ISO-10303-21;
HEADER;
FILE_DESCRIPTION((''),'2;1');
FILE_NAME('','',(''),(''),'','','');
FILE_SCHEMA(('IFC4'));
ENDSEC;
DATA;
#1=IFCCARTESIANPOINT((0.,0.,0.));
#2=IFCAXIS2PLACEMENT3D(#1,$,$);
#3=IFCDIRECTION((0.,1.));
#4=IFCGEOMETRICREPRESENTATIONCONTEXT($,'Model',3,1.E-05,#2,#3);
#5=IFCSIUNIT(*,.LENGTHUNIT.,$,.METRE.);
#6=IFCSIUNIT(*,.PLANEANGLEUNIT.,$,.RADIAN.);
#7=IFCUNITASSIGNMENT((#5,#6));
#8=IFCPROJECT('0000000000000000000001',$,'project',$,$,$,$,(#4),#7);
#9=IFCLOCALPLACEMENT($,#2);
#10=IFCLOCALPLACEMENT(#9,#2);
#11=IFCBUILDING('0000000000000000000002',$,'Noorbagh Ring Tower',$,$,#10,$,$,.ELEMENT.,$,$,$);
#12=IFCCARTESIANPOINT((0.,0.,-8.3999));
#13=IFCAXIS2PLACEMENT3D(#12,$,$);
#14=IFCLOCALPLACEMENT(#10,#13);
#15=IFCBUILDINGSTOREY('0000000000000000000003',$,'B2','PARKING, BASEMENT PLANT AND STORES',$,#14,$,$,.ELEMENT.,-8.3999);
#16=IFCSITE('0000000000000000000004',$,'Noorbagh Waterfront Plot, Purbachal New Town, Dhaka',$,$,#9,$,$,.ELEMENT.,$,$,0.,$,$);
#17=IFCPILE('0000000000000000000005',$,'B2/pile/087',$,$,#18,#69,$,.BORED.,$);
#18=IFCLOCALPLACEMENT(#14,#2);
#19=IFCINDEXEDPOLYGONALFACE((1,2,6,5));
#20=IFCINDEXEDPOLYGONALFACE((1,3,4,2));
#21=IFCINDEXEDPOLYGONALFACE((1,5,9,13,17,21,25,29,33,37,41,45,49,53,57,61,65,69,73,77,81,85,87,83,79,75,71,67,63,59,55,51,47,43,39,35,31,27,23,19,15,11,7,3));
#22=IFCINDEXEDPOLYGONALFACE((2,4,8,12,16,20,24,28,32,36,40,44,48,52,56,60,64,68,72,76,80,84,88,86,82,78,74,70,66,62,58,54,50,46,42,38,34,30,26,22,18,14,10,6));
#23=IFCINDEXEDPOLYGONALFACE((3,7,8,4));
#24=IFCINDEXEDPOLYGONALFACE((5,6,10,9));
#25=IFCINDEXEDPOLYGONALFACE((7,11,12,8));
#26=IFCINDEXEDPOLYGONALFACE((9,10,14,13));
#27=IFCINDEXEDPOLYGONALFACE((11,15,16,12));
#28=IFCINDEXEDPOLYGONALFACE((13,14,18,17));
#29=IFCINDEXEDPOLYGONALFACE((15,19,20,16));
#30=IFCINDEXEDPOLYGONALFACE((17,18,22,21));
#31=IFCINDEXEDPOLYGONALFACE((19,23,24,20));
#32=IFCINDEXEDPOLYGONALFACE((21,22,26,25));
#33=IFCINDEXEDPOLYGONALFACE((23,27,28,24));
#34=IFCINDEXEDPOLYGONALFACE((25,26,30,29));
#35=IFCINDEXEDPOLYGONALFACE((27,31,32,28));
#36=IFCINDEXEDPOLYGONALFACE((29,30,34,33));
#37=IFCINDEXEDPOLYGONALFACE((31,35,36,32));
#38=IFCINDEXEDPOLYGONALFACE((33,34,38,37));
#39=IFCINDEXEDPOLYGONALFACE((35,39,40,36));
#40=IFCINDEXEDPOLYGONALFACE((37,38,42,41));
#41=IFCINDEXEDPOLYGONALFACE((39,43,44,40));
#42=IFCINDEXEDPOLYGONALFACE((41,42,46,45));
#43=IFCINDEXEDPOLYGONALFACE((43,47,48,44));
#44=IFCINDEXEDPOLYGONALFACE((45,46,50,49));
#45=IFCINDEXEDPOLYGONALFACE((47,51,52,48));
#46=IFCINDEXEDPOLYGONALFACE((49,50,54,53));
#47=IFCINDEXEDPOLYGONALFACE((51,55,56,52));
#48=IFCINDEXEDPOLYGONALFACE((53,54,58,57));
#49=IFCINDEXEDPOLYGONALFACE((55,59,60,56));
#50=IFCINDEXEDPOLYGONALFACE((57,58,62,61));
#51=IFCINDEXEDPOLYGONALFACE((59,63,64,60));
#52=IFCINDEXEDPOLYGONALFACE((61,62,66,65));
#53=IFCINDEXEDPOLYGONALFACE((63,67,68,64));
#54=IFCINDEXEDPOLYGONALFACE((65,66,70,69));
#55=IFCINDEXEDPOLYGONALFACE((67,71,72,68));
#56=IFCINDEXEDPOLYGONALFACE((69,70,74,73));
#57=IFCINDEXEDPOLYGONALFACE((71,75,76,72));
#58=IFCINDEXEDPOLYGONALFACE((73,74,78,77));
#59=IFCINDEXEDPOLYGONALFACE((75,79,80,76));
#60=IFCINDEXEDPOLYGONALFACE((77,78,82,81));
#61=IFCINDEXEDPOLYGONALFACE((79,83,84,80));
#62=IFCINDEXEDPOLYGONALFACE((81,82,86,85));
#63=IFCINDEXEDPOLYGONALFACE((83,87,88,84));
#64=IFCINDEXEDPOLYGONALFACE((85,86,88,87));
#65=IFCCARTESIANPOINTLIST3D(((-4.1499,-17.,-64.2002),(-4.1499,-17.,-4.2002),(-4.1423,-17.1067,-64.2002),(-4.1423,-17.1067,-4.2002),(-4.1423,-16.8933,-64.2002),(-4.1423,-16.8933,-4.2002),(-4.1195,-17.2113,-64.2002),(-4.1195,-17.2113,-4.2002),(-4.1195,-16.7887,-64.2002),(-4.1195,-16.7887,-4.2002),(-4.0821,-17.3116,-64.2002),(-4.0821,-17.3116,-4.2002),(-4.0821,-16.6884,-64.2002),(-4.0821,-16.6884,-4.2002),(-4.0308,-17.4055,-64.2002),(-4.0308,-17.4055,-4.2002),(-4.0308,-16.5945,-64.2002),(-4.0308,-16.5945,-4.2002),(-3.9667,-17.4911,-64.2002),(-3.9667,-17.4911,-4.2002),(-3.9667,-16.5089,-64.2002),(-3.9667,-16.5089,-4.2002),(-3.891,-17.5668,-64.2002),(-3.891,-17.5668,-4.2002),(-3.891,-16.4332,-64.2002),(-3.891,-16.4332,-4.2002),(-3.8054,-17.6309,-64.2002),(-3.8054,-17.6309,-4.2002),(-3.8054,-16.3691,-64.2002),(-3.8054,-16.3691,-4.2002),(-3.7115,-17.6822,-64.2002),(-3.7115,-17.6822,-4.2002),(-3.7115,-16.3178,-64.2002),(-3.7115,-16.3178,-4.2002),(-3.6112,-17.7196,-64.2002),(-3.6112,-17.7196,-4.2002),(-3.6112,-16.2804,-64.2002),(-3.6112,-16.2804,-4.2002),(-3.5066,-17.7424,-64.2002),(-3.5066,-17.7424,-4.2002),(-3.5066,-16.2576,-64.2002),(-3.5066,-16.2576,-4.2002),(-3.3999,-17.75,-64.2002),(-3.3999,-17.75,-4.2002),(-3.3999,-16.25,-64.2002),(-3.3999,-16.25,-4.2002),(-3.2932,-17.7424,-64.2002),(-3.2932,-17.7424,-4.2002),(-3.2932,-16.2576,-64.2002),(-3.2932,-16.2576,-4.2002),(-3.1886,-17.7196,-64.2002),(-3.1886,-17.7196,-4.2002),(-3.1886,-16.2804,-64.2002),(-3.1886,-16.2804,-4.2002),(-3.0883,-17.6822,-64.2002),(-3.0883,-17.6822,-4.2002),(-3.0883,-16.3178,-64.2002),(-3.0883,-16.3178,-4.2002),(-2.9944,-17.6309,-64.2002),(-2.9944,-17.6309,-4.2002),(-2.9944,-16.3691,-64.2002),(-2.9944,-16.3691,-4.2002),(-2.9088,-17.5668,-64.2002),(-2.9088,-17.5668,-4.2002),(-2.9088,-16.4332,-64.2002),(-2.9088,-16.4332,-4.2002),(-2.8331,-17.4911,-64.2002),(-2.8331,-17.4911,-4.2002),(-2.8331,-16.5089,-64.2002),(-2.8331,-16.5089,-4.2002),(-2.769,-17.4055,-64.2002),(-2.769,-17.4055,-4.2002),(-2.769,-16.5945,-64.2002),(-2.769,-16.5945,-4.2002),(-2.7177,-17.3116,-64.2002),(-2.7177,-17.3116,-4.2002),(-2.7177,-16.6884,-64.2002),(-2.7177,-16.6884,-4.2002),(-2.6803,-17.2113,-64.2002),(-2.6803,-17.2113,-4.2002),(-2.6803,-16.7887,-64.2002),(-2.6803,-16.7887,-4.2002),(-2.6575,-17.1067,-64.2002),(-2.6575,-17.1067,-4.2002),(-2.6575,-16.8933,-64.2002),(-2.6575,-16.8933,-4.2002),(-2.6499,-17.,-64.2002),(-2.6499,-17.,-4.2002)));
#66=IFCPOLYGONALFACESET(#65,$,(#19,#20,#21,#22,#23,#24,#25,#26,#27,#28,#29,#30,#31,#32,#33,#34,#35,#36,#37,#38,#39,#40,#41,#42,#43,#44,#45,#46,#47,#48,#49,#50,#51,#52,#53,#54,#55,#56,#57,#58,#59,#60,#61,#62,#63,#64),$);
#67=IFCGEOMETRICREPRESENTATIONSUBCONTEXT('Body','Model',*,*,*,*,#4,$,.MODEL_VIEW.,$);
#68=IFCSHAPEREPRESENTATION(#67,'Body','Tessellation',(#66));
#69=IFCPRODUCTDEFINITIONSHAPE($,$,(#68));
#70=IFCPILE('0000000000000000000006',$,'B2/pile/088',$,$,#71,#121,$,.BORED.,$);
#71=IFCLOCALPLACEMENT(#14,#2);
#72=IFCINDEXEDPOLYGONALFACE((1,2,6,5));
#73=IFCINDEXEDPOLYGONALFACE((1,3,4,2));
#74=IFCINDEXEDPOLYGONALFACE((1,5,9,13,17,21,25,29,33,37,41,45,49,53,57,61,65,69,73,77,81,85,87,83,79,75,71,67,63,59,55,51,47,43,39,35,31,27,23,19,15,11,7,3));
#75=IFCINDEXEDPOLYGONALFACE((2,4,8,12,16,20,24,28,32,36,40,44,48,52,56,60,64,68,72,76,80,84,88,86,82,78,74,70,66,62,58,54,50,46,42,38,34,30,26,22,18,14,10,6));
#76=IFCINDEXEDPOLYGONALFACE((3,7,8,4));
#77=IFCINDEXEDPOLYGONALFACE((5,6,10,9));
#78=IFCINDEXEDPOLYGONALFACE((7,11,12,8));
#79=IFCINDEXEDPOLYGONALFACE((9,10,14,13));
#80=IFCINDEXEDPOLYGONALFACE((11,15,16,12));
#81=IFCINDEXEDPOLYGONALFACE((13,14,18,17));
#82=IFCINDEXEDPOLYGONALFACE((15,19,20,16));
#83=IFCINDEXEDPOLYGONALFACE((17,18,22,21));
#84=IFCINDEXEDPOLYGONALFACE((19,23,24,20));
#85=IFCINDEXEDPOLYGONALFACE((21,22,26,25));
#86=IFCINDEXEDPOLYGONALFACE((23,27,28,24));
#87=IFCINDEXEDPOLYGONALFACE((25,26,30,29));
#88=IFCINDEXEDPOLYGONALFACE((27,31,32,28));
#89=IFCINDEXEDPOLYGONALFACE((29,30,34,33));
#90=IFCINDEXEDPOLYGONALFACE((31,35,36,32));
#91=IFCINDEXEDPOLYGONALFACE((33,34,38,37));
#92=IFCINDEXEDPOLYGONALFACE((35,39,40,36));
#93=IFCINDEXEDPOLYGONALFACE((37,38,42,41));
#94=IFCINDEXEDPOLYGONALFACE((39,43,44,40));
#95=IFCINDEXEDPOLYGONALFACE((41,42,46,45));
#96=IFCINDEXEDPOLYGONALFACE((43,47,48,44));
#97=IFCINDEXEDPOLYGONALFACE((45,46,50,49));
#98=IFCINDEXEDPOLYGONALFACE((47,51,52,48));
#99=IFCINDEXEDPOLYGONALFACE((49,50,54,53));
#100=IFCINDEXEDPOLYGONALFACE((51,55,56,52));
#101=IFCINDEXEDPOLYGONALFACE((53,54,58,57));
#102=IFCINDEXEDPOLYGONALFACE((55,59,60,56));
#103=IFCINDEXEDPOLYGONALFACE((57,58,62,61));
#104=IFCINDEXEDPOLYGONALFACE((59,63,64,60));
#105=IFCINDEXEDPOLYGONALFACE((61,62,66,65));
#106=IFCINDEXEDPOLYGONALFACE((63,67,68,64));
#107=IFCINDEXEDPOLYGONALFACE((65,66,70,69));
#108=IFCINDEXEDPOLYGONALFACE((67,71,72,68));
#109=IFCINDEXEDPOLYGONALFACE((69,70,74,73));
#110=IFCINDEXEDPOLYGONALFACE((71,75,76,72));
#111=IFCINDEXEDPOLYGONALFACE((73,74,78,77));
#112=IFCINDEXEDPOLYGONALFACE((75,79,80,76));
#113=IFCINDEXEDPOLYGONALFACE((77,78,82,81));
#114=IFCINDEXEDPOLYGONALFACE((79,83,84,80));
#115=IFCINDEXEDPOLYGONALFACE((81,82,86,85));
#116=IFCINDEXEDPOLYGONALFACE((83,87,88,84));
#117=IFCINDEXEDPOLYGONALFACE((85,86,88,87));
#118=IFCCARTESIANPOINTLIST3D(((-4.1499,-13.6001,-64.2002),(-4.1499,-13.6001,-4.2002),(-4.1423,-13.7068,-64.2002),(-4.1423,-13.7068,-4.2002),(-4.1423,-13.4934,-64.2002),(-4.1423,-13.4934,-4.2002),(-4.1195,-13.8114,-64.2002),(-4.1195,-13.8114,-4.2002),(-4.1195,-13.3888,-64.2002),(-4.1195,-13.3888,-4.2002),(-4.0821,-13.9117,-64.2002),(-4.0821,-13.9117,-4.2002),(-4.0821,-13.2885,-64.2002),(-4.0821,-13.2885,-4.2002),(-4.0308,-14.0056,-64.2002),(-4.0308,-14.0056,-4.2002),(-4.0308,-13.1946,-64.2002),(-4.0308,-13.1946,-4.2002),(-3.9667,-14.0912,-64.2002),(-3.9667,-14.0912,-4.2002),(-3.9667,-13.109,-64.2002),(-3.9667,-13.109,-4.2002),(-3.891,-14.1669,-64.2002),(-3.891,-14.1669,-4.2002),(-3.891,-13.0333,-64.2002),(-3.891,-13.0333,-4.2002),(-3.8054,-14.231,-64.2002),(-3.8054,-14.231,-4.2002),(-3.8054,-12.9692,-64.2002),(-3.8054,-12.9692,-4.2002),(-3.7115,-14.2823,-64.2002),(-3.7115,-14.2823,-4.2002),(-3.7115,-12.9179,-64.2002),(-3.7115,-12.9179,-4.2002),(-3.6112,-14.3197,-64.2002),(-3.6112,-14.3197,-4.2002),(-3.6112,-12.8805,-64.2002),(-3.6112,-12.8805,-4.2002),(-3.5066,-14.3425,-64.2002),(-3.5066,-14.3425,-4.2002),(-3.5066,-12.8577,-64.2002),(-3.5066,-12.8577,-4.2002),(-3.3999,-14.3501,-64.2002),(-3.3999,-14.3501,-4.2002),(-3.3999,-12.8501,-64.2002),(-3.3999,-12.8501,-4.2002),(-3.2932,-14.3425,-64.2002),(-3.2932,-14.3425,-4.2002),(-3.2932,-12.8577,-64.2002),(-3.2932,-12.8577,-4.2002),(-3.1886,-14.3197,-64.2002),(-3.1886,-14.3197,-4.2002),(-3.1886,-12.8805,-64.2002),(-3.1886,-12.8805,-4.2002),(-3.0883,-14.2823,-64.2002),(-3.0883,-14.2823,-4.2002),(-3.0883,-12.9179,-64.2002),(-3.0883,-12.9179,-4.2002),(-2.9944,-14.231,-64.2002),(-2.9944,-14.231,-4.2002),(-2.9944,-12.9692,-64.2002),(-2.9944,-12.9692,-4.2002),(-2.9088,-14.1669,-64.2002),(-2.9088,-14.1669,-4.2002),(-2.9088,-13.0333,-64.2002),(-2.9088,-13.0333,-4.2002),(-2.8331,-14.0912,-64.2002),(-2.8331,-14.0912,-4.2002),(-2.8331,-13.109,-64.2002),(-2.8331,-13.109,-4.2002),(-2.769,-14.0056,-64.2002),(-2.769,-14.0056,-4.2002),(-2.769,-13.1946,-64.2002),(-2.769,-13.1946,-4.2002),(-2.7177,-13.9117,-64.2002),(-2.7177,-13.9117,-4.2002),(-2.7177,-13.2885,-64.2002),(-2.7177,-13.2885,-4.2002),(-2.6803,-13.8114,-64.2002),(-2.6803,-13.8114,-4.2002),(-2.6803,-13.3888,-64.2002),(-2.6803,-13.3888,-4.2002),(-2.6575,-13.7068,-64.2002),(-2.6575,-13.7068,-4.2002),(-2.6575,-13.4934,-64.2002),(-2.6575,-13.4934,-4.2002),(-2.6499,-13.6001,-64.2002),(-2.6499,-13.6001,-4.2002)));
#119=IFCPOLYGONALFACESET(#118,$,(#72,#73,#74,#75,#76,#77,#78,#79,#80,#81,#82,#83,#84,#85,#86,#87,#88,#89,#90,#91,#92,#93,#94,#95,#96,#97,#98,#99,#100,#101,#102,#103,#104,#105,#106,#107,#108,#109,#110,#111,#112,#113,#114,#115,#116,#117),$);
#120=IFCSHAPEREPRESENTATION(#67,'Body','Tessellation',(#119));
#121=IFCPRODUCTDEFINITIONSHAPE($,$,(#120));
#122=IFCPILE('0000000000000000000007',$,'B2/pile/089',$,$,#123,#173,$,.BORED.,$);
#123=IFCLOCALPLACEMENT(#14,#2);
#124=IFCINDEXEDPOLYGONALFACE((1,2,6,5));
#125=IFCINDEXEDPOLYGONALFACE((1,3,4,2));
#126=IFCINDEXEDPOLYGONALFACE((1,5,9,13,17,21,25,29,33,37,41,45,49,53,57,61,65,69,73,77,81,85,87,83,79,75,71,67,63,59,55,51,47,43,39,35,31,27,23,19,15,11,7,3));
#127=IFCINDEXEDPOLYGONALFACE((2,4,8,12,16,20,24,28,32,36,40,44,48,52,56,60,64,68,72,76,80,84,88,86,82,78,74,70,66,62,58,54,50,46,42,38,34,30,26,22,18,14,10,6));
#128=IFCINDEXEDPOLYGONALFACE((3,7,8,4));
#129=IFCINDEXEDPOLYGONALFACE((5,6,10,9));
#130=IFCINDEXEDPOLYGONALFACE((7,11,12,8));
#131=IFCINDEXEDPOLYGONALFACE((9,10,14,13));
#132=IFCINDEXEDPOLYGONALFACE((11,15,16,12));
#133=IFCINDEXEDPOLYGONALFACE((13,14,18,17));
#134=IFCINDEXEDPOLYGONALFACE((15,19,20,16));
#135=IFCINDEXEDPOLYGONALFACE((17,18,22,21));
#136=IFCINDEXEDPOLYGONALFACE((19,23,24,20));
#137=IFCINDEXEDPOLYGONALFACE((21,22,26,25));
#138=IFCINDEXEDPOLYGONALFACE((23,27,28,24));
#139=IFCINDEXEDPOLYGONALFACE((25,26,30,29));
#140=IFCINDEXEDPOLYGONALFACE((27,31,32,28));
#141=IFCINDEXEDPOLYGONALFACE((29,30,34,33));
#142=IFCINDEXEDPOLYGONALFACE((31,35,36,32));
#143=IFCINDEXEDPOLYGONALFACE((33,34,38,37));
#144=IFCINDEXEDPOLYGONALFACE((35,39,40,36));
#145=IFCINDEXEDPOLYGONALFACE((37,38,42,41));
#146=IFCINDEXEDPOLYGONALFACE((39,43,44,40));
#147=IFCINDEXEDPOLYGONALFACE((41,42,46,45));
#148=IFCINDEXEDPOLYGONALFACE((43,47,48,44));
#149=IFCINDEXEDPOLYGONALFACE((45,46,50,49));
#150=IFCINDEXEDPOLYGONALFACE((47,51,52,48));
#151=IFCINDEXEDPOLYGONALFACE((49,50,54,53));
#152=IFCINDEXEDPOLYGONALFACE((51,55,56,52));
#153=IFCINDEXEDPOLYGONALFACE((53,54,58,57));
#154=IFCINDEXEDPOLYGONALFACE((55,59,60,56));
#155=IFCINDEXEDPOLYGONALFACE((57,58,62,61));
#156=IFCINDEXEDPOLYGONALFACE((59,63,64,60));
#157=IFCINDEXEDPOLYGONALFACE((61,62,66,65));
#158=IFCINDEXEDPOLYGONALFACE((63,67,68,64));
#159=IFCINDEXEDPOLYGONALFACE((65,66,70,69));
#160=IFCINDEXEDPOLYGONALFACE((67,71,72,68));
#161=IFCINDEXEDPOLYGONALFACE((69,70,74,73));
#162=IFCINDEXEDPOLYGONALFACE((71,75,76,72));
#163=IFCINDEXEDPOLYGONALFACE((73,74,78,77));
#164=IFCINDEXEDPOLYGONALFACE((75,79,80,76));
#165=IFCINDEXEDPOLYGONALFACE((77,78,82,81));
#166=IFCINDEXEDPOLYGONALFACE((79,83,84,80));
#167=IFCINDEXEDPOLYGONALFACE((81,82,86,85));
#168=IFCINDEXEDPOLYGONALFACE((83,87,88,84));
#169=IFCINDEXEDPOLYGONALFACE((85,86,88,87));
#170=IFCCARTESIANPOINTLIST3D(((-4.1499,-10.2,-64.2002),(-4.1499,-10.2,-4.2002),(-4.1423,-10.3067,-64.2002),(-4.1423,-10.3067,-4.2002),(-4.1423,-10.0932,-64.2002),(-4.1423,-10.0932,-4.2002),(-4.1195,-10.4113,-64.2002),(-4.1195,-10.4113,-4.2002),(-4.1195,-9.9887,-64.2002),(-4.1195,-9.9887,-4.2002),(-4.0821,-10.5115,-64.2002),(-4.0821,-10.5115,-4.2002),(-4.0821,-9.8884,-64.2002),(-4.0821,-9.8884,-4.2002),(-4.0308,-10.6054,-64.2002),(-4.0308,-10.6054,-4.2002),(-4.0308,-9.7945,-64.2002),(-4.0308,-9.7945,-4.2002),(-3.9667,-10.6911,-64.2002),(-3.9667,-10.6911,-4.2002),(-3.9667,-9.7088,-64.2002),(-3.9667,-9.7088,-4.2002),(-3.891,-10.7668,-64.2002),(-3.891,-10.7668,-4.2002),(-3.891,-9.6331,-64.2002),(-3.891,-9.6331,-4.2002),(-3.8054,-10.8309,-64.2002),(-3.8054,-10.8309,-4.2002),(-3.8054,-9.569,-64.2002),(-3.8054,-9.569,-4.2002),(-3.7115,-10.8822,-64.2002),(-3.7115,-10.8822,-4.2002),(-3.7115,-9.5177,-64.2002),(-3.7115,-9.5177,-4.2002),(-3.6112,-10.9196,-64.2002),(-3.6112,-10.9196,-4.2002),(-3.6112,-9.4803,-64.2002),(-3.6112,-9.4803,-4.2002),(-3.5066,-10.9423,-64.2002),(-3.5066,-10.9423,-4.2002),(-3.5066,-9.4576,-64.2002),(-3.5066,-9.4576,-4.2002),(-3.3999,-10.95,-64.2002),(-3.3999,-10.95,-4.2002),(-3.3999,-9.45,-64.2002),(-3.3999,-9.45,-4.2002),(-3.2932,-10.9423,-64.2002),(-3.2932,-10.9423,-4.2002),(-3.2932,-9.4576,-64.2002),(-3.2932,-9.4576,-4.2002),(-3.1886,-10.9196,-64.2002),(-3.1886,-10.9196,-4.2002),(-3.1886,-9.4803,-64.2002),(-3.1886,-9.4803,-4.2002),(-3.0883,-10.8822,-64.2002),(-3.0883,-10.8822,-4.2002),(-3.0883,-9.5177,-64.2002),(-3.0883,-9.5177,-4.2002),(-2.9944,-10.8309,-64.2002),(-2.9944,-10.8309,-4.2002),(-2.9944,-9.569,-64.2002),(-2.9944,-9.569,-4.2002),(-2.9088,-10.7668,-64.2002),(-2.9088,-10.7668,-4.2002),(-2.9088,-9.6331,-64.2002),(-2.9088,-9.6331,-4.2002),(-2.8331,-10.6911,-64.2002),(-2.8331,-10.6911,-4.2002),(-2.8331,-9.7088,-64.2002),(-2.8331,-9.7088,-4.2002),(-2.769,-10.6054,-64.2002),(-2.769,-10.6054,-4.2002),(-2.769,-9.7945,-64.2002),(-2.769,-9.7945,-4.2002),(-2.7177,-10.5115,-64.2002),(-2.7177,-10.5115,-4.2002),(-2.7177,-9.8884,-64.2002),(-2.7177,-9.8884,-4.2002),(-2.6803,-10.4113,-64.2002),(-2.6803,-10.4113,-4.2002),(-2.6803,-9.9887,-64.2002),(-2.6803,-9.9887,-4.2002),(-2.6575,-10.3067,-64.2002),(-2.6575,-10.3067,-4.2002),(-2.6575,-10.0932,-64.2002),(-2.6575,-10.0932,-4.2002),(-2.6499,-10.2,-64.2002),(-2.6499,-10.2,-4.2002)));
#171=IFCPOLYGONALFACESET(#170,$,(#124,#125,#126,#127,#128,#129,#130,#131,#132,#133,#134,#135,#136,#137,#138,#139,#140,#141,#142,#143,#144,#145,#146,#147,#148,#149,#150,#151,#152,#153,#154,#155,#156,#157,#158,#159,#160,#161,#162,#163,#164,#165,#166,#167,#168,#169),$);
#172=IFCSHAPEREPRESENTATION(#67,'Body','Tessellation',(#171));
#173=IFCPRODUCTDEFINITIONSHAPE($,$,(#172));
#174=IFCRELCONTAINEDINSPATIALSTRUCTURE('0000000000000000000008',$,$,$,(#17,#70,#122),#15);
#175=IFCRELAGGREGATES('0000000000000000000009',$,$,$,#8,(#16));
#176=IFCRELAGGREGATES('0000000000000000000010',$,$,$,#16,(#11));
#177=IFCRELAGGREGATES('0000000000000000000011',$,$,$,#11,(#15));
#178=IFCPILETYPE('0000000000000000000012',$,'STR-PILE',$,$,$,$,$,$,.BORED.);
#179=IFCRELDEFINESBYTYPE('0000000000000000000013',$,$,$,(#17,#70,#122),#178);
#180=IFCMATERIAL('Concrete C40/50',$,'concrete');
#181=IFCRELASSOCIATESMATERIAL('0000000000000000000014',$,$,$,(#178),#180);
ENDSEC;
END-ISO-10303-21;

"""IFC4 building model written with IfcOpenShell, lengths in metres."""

from ifc_helpers import new_model, si_unit, direction, frame, origin, origin_2d, place, context, subcontext, project, spatial, circle, extrude, material, material_profile, profile_set, type_object, element, save


model = new_model("IFC4")

# Units and contexts
model_context = context("Model", 3, precision=1e-05, world=origin(), true_north=direction((0.0, 1.0)))
body_context = subcontext(model_context, "Body", "Model", "MODEL_VIEW")
ifc_project = project(units=[si_unit("LENGTHUNIT", "METRE"), si_unit("PLANEANGLEUNIT", "RADIAN")], contexts=[model_context])

# Site, building, storey
site_placement = place(None, origin())
site = spatial("IfcSite", under=ifc_project, at=site_placement, Name="Noorbagh Waterfront Plot, Purbachal New Town, Dhaka", CompositionType="ELEMENT", RefElevation=0.0)
building_placement = place(site_placement, origin())
building = spatial("IfcBuilding", under=site, at=building_placement, Name="Noorbagh Ring Tower", CompositionType="ELEMENT")
storey_placement = place(building_placement, frame((0.0, 0.0, -8.3999)))
storey = spatial("IfcBuildingStorey", under=building, at=storey_placement, Name="B2", Description="PARKING, BASEMENT PLANT AND STORES", CompositionType="ELEMENT", Elevation=-8.3999)

# Piles
ifc_material_1 = material(Name="Concrete C40/50", Category="concrete")
ifc_material_profile_1 = material_profile(ifc_material_1, circle(Radius=0.75, at=origin_2d()), Name="PILE1500")
ifc_profile_set_1 = profile_set([ifc_material_profile_1], Name="Concrete C40/50")
pile_type = type_object("IfcPileType", Name="STR-PILE", PredefinedType="BORED", material=ifc_profile_set_1)
for number, where, z_axis, x_axis, name in (
    (1, (-3.3999, -17.0, -4.2002), (0.0, 0.0, -1.0), (1.0, 0.0, 0.0), "B2/pile/087"),
    (2, (-3.3999, -13.6001, -4.2002), (0.0, 0.0, -1.0), (1.0, 0.0, 0.0), "B2/pile/088"),
    (3, (-3.3999, -10.2, -4.2002), (0.0, 0.0, -1.0), (1.0, 0.0, 0.0), "B2/pile/089"),
):
    element("IfcPile", number, at=place(storey_placement, frame(where, z_axis=z_axis, x_axis=x_axis)), inside=storey, type_object=pile_type, Name=name, PredefinedType="BORED", context=body_context, shape_type="SweptSolid", body=[
        extrude(circle(Radius=0.75, at=origin_2d()), origin(), (0.0, 0.0, 1.0), 60.0),
    ])

save(model, "model.ifc")
